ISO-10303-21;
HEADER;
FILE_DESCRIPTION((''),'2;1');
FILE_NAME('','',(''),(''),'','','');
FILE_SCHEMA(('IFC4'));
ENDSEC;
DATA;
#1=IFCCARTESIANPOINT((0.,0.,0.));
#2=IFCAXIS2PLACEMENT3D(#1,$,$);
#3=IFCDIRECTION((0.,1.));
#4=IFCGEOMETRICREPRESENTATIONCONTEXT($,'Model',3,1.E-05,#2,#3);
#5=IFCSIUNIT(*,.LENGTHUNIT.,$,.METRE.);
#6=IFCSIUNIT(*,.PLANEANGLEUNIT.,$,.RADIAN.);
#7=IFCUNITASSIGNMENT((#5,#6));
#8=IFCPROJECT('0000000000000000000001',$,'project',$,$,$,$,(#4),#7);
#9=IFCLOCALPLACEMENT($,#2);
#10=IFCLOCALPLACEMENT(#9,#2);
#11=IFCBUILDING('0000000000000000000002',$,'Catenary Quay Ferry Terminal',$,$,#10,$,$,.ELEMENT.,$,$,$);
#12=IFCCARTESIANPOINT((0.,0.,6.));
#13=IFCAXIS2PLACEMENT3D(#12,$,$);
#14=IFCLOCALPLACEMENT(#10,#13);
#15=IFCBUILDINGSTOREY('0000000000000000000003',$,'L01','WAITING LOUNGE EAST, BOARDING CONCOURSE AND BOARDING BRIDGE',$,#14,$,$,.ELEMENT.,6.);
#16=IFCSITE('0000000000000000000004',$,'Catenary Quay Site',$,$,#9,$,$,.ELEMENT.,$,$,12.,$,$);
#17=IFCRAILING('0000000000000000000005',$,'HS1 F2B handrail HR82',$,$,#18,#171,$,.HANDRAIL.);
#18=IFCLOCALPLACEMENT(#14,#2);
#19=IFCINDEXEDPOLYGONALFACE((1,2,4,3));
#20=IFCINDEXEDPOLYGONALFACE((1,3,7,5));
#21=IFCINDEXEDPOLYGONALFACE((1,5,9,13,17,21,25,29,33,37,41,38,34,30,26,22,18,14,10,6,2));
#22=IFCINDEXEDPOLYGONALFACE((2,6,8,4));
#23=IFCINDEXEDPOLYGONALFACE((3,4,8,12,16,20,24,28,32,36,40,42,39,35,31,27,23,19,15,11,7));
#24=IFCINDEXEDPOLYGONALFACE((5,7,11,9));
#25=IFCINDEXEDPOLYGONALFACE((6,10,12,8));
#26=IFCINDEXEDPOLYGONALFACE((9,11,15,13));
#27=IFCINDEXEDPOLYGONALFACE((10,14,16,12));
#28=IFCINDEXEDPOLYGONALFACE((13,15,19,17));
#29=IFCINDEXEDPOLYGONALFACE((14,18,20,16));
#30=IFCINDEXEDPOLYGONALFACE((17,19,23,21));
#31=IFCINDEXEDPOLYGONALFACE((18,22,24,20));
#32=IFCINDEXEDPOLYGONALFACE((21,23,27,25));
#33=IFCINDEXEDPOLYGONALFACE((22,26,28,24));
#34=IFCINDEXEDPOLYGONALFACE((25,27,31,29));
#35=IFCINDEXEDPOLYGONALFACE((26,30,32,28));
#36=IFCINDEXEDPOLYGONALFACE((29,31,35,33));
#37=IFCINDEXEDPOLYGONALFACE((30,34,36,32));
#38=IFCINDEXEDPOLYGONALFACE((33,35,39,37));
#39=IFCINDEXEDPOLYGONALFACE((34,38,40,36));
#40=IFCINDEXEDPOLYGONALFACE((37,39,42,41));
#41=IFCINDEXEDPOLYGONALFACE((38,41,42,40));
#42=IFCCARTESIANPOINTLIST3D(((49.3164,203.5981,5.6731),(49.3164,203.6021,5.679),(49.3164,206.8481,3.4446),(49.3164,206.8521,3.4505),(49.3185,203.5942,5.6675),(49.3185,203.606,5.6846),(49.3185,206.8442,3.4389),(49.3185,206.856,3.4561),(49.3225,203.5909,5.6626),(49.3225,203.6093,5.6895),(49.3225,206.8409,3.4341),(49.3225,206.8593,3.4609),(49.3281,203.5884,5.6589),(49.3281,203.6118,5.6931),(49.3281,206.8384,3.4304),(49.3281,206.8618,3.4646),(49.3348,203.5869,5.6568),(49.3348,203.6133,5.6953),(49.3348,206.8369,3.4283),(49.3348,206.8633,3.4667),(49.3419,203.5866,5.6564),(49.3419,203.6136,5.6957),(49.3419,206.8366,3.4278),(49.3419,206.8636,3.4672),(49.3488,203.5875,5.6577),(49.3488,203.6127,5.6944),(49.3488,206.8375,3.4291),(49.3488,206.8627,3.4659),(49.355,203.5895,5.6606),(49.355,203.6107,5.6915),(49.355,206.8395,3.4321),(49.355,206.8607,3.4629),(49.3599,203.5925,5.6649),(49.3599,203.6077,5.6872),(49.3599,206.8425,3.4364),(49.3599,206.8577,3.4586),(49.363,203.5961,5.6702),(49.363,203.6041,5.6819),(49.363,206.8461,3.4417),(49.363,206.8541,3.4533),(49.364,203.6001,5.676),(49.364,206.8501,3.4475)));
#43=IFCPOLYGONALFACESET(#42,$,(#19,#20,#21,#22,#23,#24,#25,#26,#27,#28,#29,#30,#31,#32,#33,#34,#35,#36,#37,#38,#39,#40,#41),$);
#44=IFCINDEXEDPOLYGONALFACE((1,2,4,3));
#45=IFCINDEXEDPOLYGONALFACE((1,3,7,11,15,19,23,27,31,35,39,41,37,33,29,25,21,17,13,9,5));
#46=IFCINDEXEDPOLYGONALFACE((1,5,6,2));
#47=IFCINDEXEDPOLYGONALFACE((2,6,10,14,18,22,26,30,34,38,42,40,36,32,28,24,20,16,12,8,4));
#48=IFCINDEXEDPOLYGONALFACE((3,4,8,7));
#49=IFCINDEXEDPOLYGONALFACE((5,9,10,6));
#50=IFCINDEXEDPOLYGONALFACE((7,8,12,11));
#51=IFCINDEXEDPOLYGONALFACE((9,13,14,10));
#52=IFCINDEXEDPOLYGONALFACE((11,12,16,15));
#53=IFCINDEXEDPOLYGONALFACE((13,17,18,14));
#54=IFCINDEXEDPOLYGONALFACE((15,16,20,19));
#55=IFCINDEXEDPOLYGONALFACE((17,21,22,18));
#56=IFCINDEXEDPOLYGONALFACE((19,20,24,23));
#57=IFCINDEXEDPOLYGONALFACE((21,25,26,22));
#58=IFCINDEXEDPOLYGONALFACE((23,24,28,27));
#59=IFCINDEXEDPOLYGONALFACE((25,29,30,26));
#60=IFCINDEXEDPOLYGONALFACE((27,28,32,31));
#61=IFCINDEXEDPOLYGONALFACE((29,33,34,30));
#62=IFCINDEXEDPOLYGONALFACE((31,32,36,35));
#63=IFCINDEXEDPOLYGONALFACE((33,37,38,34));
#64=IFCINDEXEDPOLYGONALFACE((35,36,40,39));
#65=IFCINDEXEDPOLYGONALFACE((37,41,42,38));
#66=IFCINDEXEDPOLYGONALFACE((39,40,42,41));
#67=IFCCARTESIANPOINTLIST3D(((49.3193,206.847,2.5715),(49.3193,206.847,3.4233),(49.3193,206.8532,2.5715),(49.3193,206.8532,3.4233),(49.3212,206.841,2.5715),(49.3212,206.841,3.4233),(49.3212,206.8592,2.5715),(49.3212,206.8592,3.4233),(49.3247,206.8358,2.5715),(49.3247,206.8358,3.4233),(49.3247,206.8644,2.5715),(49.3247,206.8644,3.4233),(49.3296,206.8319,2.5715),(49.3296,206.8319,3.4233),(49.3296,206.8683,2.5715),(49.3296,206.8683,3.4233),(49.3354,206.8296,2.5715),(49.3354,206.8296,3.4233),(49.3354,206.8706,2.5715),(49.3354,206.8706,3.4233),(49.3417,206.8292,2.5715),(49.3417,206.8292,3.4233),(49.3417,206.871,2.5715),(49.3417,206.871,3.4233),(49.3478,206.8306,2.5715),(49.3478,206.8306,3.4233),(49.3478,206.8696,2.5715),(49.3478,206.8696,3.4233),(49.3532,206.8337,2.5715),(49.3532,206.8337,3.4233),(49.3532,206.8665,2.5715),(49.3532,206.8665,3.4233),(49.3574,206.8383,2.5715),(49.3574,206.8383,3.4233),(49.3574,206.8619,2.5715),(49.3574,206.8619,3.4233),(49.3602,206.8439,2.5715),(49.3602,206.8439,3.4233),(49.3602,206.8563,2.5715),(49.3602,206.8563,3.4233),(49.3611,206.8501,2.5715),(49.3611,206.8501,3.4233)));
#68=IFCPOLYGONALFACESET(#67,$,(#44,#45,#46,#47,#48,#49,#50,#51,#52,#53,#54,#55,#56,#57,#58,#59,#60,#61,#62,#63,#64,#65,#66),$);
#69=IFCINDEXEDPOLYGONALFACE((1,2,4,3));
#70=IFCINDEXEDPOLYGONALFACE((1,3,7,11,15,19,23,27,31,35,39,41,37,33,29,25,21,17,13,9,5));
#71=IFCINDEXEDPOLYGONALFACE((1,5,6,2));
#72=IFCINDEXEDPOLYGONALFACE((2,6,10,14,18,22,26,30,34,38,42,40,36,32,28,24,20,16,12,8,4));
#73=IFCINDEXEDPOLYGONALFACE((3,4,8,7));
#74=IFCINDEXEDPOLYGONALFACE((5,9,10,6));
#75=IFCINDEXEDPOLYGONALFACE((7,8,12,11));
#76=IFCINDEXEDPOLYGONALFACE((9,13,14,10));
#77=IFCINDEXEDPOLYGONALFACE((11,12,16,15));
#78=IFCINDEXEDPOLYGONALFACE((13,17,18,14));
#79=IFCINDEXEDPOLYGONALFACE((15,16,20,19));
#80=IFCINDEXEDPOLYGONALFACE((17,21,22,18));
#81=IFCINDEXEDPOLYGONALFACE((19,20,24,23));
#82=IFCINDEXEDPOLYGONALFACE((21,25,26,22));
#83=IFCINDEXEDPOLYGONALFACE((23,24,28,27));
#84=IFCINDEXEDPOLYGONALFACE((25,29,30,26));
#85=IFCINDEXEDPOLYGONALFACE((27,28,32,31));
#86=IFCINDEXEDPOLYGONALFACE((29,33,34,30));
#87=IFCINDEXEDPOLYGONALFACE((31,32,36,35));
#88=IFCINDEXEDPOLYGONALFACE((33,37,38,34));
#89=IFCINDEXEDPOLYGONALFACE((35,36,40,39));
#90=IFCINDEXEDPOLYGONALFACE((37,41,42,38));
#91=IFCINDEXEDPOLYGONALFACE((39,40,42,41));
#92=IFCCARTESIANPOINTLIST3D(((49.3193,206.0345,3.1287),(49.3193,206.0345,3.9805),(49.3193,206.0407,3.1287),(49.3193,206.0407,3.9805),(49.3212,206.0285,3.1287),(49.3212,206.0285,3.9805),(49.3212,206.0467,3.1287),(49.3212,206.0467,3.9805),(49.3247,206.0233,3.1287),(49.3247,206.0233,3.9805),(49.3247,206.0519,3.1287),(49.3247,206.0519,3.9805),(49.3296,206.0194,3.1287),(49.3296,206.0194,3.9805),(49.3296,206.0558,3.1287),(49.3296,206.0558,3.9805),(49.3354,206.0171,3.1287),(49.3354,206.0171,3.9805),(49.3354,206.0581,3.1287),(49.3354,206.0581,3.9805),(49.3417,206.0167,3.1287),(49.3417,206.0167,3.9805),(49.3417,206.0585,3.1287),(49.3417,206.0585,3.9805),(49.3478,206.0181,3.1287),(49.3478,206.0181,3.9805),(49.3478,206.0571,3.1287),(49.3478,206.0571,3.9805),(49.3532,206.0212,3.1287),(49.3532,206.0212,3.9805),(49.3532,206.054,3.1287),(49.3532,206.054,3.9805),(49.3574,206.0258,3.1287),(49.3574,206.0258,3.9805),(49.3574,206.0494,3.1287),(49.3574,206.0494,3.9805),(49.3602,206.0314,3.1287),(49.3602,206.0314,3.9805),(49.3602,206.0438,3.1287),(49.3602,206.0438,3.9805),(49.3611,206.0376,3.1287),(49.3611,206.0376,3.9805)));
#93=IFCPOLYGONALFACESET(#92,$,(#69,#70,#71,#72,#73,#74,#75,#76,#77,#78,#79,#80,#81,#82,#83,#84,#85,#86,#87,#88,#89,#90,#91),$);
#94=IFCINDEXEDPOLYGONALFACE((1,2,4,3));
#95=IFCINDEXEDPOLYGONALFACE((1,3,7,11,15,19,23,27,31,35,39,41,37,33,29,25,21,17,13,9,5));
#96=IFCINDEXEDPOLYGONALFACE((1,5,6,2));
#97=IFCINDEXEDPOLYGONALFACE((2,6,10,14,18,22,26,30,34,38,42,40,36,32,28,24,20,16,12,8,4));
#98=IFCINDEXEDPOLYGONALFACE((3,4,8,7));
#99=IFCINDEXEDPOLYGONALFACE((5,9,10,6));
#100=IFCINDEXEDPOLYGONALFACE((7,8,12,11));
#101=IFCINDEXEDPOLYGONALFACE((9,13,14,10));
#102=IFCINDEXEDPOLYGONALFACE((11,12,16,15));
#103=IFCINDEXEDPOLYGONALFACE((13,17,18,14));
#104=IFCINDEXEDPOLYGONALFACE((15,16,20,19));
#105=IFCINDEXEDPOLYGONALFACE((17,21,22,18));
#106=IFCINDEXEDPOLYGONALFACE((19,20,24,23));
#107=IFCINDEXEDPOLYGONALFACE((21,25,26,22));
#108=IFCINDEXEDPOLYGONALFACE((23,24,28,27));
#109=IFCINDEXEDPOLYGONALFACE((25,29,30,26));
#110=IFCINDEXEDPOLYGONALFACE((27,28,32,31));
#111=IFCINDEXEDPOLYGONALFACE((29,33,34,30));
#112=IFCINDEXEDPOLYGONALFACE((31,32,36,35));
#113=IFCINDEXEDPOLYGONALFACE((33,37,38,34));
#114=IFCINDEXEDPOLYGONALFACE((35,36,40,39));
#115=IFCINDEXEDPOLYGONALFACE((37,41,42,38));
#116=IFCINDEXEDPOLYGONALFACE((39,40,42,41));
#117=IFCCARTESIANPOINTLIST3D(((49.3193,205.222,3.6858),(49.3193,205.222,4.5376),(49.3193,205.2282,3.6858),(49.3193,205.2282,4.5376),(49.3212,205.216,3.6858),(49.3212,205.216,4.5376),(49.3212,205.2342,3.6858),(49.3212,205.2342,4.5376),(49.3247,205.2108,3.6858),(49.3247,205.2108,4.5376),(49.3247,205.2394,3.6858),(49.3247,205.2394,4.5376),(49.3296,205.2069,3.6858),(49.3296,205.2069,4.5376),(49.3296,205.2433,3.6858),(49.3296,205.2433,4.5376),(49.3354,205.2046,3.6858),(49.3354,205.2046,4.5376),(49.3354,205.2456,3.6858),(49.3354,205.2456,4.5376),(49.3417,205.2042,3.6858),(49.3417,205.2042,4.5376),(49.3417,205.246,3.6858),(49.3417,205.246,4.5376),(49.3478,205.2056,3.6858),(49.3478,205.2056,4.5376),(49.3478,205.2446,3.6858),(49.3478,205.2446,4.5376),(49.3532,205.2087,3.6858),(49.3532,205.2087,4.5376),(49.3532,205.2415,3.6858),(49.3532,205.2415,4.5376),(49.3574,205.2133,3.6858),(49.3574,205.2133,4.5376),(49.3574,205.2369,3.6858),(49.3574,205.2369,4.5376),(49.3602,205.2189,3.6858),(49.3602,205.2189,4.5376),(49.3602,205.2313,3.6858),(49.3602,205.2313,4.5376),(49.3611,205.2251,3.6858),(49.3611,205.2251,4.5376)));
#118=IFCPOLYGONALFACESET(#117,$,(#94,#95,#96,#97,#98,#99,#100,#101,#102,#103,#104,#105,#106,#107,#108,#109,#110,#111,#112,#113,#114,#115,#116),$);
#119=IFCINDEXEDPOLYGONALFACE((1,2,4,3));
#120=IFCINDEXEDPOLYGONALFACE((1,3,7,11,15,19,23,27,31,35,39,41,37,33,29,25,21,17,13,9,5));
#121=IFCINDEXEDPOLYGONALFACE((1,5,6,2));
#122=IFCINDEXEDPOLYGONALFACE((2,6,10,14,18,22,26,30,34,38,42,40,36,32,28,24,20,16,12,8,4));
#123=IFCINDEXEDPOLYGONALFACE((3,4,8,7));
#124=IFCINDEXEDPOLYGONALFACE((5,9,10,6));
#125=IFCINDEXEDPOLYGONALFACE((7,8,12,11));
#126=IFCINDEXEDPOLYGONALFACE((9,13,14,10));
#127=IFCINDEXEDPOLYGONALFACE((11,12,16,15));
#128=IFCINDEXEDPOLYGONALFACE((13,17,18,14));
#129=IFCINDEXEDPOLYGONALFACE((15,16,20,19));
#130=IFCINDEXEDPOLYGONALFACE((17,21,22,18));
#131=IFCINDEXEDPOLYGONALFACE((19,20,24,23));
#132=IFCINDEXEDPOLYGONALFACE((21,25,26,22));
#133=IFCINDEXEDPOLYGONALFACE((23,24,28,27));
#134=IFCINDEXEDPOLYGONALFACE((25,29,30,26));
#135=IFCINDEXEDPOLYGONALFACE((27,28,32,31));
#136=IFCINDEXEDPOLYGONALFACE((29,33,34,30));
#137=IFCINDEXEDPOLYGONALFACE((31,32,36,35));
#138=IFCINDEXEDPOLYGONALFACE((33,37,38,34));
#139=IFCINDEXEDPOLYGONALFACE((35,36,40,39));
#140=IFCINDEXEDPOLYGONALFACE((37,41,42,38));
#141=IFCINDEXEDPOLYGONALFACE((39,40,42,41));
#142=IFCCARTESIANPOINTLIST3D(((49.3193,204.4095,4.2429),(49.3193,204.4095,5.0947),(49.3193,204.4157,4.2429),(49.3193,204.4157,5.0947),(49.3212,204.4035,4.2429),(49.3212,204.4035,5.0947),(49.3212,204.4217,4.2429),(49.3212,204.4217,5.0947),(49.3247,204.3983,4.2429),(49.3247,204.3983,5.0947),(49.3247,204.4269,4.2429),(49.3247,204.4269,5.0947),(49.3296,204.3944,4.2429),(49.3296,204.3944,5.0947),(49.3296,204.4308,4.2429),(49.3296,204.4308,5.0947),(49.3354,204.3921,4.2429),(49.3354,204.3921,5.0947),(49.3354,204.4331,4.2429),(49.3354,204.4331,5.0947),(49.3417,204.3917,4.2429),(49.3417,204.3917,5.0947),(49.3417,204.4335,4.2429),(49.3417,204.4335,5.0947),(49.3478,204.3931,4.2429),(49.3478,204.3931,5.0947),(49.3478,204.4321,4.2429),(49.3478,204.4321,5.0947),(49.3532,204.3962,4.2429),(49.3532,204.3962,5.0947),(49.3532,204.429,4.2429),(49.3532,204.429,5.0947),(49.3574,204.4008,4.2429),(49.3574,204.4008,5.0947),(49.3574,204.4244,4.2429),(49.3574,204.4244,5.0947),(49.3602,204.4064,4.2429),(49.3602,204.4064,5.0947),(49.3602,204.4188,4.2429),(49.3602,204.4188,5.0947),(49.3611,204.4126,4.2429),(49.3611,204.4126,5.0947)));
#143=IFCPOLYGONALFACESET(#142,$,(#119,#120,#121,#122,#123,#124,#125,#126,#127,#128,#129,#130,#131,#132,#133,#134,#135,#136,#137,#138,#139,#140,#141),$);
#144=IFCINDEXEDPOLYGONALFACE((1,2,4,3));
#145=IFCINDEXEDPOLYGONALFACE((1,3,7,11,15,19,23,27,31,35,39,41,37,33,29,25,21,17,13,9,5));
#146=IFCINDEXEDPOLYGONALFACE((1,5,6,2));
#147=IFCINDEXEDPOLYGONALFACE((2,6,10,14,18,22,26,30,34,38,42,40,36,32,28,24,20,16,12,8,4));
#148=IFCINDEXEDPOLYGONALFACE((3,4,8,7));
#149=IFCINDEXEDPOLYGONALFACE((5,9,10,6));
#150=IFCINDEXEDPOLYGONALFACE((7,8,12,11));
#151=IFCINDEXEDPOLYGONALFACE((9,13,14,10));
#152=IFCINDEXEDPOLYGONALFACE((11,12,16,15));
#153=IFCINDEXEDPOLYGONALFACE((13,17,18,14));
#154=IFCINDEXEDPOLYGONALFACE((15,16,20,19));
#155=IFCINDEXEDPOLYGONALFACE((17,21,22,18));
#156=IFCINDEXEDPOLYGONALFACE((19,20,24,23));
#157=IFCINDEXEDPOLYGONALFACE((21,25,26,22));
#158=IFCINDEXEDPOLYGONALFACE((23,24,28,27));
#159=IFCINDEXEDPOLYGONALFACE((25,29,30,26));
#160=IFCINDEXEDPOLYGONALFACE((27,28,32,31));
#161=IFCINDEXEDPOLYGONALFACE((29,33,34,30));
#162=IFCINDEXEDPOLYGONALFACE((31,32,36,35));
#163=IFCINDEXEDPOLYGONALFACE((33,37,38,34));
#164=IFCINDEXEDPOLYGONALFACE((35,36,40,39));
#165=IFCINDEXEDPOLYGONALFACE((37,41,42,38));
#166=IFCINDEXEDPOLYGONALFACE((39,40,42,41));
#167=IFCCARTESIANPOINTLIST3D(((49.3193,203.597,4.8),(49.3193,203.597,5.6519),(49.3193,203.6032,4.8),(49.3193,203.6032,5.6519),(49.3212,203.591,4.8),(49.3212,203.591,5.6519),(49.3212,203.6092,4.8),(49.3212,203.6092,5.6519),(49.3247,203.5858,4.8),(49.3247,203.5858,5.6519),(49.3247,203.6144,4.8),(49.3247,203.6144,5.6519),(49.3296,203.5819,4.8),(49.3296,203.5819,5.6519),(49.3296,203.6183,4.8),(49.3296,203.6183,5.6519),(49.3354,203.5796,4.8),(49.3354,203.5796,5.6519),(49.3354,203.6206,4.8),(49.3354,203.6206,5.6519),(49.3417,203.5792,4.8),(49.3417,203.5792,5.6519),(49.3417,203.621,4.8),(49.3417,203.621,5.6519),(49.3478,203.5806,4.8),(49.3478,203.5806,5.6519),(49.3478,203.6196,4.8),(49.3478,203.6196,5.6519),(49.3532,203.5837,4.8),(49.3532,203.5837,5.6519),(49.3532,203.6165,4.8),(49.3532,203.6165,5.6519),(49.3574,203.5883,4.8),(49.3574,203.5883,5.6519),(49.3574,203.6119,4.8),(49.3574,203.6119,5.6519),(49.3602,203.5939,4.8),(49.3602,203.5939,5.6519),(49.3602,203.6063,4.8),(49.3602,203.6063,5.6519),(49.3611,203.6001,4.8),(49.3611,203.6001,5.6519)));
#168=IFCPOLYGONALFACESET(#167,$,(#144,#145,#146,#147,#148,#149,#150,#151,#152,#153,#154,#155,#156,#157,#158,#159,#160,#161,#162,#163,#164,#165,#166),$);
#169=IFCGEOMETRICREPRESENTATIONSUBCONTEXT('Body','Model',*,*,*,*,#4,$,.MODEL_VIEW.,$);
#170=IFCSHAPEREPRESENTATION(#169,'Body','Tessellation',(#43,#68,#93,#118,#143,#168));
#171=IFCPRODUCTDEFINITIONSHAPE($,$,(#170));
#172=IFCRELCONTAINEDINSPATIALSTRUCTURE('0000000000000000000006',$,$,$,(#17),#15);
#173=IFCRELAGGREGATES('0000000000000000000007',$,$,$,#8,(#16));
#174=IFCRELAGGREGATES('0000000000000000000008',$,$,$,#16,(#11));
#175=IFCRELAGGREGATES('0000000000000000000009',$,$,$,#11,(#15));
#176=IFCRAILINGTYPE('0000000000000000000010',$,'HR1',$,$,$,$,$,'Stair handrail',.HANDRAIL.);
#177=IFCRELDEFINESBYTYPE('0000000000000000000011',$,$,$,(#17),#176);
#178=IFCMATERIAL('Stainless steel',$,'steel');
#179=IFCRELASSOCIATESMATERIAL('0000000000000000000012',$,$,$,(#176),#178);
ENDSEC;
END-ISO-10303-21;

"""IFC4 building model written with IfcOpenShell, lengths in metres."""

from ifc_helpers import new_model, si_unit, direction, frame, origin, origin_2d, place, context, subcontext, project, spatial, circle, extrude, material, type_object, element, save


model = new_model("IFC4")

# Units and contexts
model_context = context("Model", 3, precision=1e-05, world=origin(), true_north=direction((0.0, 1.0)))
body_context = subcontext(model_context, "Body", "Model", "MODEL_VIEW")
ifc_project = project(units=[si_unit("LENGTHUNIT", "METRE"), si_unit("PLANEANGLEUNIT", "RADIAN")], contexts=[model_context])

# Site, building, storey
site_placement = place(None, origin())
site = spatial("IfcSite", under=ifc_project, at=site_placement, Name="Catenary Quay Site", CompositionType="ELEMENT", RefElevation=12.0)
building_placement = place(site_placement, origin())
building = spatial("IfcBuilding", under=site, at=building_placement, Name="Catenary Quay Ferry Terminal", CompositionType="ELEMENT")
storey_placement = place(building_placement, frame((0.0, 0.0, 6.0)))
storey = spatial("IfcBuildingStorey", under=building, at=storey_placement, Name="L01", Description="WAITING LOUNGE EAST, BOARDING CONCOURSE AND BOARDING BRIDGE", CompositionType="ELEMENT", Elevation=6.0)

# Railing
ifc_material_1 = material(Name="Stainless steel", Category="steel")
railing_type_1 = type_object("IfcRailingType", Name="HR1", ElementType="Stair handrail", PredefinedType="HANDRAIL", material=ifc_material_1)
for number, where, name in (
    (1, (49.3401, 206.8501, 2.5715), "HS1 F2B handrail HR82"),
):
    element("IfcRailing", number, at=place(storey_placement, frame(where)), inside=storey, type_object=railing_type_1, Name=name, PredefinedType="HANDRAIL", context=body_context, shape_type="SweptSolid", body=[
        extrude(circle(Radius=0.0239, at=origin_2d()), frame((0.0, 0.0, 0.876), z_axis=(0.0, -0.824735, 0.565519), x_axis=(1.0, 0.0, 0.0)), (0.0, 0.0, 1.0), 3.9407),
        extrude(circle(Radius=0.021, at=origin_2d()), origin(), (0.0, 0.0, 1.0), 0.8518),
        extrude(circle(Radius=0.021, at=origin_2d()), frame((0.0, -0.8125, 0.5571)), (0.0, 0.0, 1.0), 0.8518),
        extrude(circle(Radius=0.021, at=origin_2d()), frame((0.0, -1.625, 1.1143)), (0.0, 0.0, 1.0), 0.8518),
        extrude(circle(Radius=0.021, at=origin_2d()), frame((0.0, -2.4375, 1.6714)), (0.0, 0.0, 1.0), 0.8518),
        extrude(circle(Radius=0.021, at=origin_2d()), frame((0.0, -3.25, 2.2285)), (0.0, 0.0, 1.0), 0.8518),
    ])

save(model, "model.ifc")
